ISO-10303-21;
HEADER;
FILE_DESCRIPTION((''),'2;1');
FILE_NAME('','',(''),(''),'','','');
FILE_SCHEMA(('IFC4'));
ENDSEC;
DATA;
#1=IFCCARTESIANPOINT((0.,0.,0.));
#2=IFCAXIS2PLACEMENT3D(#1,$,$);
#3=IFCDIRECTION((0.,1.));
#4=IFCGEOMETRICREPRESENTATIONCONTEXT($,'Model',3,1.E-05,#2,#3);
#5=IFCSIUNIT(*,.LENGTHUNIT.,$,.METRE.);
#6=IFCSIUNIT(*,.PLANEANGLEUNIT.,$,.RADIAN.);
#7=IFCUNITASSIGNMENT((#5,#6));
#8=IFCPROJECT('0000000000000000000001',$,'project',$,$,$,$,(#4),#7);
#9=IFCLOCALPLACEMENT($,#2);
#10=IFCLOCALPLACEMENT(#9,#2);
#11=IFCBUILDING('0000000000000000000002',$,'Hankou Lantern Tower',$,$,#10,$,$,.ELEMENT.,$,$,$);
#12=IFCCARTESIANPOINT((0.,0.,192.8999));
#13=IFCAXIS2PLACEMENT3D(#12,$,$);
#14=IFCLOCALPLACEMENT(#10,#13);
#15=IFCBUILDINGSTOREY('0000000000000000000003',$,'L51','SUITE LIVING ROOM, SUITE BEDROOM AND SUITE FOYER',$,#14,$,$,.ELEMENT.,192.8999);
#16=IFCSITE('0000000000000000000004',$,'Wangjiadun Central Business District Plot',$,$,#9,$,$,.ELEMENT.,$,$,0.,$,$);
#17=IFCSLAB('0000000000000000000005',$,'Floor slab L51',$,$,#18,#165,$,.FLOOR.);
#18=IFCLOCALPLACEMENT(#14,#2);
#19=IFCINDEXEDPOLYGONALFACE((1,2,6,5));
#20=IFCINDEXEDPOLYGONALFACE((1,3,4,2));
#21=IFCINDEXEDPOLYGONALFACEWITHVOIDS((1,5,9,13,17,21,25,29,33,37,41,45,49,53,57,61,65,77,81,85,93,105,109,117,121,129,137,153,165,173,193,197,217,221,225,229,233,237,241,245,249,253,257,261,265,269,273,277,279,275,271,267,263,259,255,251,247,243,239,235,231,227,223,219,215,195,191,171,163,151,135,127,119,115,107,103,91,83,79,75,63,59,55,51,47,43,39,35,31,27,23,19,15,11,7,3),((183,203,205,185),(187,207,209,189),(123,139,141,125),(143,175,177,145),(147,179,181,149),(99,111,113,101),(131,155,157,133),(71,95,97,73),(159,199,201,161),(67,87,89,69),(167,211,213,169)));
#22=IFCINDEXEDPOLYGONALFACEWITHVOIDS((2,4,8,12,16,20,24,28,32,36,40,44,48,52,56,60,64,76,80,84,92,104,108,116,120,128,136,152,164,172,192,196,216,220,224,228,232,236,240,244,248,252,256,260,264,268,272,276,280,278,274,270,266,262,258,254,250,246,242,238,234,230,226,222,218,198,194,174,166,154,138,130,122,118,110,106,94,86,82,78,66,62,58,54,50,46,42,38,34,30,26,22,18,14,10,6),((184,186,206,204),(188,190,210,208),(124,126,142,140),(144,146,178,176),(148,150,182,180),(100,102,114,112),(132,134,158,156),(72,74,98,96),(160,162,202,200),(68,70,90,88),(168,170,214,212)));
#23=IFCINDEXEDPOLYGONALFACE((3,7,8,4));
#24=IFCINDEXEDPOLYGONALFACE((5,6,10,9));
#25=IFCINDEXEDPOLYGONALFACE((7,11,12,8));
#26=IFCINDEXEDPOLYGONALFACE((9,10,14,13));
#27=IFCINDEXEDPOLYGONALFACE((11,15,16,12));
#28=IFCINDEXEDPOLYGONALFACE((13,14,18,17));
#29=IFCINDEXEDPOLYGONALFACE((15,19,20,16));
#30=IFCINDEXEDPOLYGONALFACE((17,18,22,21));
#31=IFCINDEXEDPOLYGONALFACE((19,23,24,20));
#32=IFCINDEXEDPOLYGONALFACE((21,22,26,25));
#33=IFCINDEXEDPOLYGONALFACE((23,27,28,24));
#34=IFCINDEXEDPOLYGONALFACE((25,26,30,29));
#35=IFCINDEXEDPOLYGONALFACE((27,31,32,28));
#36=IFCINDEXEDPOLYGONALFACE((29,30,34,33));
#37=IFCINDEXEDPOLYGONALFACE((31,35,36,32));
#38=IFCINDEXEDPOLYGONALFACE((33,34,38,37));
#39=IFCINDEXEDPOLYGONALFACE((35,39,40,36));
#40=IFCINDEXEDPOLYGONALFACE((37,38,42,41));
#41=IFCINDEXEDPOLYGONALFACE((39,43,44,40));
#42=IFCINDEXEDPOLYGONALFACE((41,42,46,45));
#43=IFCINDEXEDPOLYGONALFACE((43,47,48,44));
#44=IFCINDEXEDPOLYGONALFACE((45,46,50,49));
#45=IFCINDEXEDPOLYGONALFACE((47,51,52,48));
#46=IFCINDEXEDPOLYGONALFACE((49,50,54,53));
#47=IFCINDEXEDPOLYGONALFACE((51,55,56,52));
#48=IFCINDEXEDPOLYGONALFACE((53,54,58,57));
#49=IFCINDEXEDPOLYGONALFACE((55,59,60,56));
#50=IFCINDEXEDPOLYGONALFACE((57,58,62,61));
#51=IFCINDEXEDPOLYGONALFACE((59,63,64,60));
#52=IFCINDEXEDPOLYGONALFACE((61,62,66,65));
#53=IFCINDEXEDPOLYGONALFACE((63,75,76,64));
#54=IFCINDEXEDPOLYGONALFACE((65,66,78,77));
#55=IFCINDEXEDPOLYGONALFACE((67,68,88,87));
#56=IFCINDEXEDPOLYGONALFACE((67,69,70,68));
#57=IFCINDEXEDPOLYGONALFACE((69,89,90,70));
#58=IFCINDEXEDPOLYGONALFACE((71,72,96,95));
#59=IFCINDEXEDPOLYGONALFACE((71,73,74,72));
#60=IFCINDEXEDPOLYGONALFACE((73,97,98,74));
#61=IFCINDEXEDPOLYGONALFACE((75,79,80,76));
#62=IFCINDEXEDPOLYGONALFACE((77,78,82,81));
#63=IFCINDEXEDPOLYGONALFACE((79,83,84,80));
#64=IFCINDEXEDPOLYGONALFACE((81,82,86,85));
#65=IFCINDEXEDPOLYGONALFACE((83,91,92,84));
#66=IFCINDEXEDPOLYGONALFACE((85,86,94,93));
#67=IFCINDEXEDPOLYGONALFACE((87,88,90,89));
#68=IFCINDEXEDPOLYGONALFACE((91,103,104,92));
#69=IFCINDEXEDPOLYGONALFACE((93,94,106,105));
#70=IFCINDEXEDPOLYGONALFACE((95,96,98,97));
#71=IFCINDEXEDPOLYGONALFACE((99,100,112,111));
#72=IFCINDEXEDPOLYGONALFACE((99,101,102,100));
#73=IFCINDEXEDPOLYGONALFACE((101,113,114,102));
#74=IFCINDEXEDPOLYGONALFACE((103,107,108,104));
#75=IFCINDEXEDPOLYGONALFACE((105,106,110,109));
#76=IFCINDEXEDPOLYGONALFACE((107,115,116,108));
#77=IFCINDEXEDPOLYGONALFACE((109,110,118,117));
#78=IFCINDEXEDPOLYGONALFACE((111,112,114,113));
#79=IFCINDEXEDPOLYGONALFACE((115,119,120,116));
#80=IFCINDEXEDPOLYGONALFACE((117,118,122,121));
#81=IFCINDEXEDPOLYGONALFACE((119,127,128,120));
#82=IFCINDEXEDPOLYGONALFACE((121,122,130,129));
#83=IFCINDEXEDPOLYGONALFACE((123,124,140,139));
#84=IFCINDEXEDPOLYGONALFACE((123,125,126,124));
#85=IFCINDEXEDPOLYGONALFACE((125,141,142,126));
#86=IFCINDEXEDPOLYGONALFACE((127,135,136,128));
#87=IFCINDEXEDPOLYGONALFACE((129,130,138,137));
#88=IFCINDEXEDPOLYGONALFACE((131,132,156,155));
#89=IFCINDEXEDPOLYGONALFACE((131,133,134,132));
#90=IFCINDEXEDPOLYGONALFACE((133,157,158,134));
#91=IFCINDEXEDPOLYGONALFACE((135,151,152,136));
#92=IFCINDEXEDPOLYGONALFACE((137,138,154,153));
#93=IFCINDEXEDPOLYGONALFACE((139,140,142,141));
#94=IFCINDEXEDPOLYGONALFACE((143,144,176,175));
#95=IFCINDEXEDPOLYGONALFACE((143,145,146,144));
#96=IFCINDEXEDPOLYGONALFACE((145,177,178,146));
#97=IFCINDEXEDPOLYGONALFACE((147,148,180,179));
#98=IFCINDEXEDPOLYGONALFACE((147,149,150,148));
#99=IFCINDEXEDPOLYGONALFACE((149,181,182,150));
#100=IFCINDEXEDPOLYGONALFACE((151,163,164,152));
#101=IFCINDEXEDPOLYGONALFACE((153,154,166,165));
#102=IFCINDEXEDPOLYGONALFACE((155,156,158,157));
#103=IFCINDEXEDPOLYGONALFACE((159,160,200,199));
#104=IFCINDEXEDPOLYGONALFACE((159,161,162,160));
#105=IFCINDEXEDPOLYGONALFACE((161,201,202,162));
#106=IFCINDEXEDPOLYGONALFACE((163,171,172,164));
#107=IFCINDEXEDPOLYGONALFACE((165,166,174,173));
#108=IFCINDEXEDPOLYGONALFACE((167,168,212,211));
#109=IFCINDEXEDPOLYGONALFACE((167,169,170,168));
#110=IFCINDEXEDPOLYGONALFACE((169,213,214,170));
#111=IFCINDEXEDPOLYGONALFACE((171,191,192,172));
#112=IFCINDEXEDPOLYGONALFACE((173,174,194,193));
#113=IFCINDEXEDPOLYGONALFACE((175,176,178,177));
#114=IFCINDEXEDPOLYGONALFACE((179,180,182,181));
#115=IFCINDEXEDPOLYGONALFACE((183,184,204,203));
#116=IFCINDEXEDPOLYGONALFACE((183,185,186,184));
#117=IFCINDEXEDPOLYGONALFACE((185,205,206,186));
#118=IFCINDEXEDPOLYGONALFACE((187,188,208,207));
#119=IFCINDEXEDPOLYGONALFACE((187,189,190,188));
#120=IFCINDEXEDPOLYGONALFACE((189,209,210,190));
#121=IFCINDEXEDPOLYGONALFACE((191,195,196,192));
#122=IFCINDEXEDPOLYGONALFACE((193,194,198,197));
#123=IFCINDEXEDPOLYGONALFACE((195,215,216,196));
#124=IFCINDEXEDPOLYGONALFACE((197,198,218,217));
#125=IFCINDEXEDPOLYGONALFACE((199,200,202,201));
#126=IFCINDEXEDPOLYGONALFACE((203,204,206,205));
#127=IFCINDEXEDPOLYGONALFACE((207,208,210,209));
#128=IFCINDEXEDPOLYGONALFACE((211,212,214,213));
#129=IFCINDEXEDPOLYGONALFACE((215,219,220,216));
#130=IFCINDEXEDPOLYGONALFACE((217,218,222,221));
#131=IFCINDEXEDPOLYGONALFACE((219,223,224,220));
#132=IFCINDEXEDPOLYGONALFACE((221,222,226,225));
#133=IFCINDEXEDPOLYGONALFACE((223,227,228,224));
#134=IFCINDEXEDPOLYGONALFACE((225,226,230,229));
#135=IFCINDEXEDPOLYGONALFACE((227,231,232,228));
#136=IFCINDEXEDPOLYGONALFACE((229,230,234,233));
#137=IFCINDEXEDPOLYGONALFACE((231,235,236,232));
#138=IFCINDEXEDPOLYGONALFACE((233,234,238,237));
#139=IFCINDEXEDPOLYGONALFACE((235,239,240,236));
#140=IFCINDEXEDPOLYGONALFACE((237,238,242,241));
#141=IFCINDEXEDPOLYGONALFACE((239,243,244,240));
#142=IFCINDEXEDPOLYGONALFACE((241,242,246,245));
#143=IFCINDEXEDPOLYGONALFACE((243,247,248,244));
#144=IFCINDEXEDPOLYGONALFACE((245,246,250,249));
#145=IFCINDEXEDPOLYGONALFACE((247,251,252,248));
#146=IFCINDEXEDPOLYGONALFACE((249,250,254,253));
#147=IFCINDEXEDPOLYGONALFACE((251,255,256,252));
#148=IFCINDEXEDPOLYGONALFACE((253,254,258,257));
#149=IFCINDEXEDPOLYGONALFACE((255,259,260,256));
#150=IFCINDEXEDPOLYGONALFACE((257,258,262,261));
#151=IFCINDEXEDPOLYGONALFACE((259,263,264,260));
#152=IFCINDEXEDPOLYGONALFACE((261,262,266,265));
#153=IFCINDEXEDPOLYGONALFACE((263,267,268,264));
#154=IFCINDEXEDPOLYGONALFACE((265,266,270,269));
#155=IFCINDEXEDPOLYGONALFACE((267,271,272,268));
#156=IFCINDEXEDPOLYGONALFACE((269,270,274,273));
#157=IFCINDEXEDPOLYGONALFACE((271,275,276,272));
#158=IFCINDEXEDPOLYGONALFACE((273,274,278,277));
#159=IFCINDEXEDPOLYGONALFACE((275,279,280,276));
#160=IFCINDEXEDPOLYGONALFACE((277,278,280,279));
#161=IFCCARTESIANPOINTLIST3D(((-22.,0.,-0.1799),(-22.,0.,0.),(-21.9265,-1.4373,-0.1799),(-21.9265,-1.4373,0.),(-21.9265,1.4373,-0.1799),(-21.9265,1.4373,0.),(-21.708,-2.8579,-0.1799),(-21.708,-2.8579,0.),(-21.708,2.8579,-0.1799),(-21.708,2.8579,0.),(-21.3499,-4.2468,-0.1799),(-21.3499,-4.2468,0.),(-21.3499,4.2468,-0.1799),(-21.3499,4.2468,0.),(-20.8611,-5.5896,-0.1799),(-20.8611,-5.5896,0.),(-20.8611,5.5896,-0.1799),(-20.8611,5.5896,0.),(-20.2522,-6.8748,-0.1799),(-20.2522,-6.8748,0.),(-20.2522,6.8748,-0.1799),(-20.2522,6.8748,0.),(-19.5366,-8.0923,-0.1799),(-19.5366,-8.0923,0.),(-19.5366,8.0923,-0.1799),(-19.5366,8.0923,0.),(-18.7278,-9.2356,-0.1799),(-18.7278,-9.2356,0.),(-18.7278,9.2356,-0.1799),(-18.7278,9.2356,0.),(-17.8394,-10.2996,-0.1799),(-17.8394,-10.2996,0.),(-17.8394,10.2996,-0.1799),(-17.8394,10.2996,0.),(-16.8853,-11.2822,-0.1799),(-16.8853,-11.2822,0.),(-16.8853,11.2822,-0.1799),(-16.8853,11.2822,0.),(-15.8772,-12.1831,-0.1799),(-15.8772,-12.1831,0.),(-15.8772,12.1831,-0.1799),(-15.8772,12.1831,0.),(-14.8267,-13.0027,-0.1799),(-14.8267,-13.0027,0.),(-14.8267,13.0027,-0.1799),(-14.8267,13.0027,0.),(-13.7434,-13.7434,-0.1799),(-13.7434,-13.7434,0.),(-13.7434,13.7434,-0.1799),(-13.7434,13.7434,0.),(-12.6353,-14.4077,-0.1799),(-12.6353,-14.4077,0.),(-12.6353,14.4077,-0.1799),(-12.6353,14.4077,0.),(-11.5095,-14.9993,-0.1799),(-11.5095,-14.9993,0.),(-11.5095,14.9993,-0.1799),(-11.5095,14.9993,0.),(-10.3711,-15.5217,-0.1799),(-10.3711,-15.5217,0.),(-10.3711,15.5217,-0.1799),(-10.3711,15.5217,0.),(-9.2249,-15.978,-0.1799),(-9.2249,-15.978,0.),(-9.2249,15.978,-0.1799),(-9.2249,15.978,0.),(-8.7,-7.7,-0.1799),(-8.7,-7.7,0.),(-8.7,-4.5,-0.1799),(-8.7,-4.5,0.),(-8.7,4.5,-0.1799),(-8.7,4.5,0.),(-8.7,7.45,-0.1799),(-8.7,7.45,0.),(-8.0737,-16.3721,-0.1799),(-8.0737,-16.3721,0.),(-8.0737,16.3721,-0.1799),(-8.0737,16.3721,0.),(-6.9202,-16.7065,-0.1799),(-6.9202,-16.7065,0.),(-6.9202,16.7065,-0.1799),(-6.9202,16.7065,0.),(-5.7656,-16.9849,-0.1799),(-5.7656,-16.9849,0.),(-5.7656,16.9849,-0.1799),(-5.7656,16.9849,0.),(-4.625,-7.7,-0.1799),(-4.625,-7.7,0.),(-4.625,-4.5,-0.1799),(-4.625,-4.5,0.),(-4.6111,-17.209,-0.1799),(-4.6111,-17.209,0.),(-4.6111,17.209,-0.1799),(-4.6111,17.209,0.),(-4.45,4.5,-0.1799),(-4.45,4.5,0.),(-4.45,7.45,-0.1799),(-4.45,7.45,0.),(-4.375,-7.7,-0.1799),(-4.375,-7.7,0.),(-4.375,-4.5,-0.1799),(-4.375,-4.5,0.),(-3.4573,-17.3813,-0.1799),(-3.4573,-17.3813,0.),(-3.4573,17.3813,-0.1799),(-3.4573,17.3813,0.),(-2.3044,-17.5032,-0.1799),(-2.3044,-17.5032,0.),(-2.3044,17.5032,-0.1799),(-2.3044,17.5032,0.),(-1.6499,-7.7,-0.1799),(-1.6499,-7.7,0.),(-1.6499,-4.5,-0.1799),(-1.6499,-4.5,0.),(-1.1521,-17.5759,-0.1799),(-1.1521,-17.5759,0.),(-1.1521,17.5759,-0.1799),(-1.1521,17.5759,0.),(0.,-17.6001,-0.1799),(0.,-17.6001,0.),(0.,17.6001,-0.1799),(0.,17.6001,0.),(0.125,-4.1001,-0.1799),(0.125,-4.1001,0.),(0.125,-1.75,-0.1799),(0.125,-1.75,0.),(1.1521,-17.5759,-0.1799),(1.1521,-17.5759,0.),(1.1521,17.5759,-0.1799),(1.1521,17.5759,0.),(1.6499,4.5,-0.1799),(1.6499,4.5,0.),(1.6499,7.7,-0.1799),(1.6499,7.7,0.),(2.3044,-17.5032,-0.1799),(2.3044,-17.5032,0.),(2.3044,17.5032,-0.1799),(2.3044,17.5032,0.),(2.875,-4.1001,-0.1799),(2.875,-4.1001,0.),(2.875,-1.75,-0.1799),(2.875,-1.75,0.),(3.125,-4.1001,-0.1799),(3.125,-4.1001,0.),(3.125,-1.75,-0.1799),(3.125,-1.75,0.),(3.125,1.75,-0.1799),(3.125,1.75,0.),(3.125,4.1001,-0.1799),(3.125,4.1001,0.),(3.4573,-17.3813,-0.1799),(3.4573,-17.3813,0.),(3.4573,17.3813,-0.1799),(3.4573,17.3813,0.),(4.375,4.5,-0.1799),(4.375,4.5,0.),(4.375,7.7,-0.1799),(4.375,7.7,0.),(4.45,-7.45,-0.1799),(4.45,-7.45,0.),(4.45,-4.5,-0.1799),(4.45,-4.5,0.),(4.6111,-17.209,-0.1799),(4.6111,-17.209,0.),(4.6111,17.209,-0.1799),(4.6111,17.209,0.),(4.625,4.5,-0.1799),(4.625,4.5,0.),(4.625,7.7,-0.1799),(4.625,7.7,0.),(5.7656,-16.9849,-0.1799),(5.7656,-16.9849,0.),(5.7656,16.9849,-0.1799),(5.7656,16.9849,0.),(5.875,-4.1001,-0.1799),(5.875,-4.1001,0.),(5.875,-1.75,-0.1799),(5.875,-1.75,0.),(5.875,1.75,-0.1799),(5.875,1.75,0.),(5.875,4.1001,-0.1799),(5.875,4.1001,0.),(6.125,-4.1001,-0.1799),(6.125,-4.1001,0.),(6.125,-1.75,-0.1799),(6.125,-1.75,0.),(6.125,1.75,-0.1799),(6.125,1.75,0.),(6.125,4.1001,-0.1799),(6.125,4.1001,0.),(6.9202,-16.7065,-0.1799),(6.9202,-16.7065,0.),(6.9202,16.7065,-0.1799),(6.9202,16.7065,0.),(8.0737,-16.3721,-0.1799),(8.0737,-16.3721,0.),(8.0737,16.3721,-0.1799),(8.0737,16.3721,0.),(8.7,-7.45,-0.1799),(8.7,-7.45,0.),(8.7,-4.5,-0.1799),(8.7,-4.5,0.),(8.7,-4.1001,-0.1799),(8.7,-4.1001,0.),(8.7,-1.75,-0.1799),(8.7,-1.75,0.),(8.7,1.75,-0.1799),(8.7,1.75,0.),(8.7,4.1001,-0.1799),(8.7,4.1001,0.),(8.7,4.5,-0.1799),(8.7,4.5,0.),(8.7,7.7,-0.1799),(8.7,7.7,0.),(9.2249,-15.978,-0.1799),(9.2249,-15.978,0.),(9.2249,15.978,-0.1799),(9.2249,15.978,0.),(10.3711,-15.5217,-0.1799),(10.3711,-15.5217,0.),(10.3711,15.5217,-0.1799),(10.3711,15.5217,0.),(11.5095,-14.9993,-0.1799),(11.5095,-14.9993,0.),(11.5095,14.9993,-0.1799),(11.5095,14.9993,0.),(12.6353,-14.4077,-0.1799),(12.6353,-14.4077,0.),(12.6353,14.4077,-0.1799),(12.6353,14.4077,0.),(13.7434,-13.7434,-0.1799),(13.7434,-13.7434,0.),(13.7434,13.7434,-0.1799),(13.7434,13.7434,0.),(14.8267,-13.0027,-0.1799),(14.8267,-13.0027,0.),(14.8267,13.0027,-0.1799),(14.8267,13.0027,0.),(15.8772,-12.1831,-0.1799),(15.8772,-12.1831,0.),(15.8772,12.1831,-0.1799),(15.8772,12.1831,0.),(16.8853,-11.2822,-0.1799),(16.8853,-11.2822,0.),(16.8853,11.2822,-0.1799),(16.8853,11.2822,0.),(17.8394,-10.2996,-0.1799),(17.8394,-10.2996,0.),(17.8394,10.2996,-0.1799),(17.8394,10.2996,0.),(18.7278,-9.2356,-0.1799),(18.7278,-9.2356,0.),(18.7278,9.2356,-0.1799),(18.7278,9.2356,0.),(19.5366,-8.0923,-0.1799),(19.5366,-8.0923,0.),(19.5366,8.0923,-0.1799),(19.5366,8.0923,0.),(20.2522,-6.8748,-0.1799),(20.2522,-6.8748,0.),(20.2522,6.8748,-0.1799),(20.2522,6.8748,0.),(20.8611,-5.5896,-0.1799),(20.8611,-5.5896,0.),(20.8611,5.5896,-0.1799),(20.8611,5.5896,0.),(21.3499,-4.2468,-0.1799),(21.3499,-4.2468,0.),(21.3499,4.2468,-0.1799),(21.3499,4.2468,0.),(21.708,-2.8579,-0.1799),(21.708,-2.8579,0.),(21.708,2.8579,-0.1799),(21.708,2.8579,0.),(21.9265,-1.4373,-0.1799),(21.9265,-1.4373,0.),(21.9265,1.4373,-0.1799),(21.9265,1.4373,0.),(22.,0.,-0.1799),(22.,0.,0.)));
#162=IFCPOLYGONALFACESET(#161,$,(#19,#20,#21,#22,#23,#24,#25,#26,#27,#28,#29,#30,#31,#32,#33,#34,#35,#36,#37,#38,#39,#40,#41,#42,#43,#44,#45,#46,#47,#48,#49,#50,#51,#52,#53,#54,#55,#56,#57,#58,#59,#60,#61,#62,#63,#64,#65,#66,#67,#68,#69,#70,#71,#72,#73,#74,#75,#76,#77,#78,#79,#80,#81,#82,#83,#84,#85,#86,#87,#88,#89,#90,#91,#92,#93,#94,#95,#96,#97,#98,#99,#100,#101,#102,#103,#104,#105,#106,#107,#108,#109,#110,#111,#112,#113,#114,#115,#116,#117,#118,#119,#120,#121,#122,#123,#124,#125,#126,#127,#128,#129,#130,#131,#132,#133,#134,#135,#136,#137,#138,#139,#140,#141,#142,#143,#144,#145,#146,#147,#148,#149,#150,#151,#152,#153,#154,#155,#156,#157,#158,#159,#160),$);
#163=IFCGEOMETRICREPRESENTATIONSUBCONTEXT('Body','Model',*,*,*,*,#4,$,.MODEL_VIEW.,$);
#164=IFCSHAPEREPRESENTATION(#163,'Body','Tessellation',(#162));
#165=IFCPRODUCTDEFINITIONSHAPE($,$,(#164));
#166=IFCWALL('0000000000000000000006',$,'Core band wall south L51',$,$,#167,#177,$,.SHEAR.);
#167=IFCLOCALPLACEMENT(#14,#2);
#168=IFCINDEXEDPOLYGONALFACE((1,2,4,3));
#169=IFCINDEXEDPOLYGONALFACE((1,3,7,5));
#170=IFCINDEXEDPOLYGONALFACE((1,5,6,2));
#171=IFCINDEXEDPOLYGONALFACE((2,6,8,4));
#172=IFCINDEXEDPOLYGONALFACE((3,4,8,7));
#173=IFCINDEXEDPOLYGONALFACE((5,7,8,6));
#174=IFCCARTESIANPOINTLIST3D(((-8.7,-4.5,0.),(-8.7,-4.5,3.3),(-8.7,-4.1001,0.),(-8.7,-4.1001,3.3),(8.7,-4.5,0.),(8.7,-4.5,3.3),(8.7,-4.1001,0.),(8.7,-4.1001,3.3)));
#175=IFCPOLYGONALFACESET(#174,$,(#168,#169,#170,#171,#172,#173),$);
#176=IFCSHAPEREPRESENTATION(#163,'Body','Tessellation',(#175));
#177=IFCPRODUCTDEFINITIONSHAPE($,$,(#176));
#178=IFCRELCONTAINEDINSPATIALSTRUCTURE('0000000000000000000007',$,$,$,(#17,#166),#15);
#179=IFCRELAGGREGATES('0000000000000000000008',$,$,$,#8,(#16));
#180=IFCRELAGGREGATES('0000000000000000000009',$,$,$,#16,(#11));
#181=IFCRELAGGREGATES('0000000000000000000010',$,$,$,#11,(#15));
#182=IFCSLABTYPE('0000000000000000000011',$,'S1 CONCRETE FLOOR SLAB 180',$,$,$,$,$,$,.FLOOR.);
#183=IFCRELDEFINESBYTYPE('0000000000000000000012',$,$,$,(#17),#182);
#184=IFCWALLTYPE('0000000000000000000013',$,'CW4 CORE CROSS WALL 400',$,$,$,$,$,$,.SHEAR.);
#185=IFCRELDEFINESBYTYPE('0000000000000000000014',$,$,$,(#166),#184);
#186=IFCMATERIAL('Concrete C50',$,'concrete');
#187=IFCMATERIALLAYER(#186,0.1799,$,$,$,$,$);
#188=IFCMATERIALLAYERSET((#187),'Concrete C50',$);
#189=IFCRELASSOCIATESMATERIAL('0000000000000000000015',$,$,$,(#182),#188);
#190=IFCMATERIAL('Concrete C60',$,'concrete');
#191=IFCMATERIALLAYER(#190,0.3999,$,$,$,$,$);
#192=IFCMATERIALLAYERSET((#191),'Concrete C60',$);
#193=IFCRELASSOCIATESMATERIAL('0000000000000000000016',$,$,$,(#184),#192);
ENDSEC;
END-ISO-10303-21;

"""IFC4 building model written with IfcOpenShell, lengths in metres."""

from ifc_helpers import new_model, si_unit, direction, frame, frame_2d, origin, place, context, subcontext, project, spatial, polyline, rectangle, outline, extrude, material, layer, layer_set, type_object, element, save


model = new_model("IFC4")

# Units and contexts
model_context = context("Model", 3, precision=1e-05, world=origin(), true_north=direction((0.0, 1.0)))
body_context = subcontext(model_context, "Body", "Model", "MODEL_VIEW")
ifc_project = project(units=[si_unit("LENGTHUNIT", "METRE"), si_unit("PLANEANGLEUNIT", "RADIAN")], contexts=[model_context])

# Site, building, storey
site_placement = place(None, origin())
site = spatial("IfcSite", under=ifc_project, at=site_placement, Name="Wangjiadun Central Business District Plot", CompositionType="ELEMENT", RefElevation=0.0)
building_placement = place(site_placement, origin())
building = spatial("IfcBuilding", under=site, at=building_placement, Name="Hankou Lantern Tower", CompositionType="ELEMENT")
storey_placement = place(building_placement, frame((0.0, 0.0, 192.8999)))
storey = spatial("IfcBuildingStorey", under=building, at=storey_placement, Name="L51", Description="SUITE LIVING ROOM, SUITE BEDROOM AND SUITE FOYER", CompositionType="ELEMENT", Elevation=192.8999)

# Slab
ifc_material_1 = material(Name="Concrete C50", Category="concrete")
ifc_layer_1 = layer(ifc_material_1, 0.1799)
ifc_layer_set_1 = layer_set([ifc_layer_1], Name="Concrete C50")
slab_type = type_object("IfcSlabType", Name="S1 CONCRETE FLOOR SLAB 180", PredefinedType="FLOOR", material=ifc_layer_set_1)
slab_placement = place(storey_placement, frame((0.0, 0.0, -0.1799)))
element("IfcSlab", 1, at=slab_placement, inside=storey, type_object=slab_type, Name="Floor slab L51", PredefinedType="FLOOR", context=body_context, shape_type="SweptSolid", body=[
    extrude(outline(polyline([(22.0, 0.0), (21.9265, 1.4373), (21.708, 2.8579), (21.3499, 4.2468), (20.8611, 5.5896), (20.2522, 6.8748), (19.5366, 8.0923), (18.7278, 9.2356), (17.8394, 10.2996), (16.8853, 11.2822), (15.8772, 12.1831), (14.8267, 13.0027), (13.7434, 13.7434), (12.6353, 14.4077), (11.5095, 14.9993), (10.3711, 15.5217), (9.2249, 15.978), (8.0737, 16.3721), (6.9202, 16.7065), (5.7656, 16.9849), (4.6111, 17.209), (3.4573, 17.3813), (2.3044, 17.5032), (1.1521, 17.5759), (0.0, 17.6001), (-1.1521, 17.5759), (-2.3044, 17.5032), (-3.4573, 17.3813), (-4.6111, 17.209), (-5.7656, 16.9849), (-6.9202, 16.7065), (-8.0737, 16.3721), (-9.2249, 15.978), (-10.3711, 15.5217), (-11.5095, 14.9993), (-12.6353, 14.4077), (-13.7434, 13.7434), (-14.8267, 13.0027), (-15.8772, 12.1831), (-16.8853, 11.2822), (-17.8394, 10.2996), (-18.7278, 9.2356), (-19.5366, 8.0923), (-20.2522, 6.8748), (-20.8611, 5.5896), (-21.3499, 4.2468), (-21.708, 2.8579), (-21.9265, 1.4373), (-22.0, 0.0), (-21.9265, -1.4373), (-21.708, -2.8579), (-21.3499, -4.2468), (-20.8611, -5.5896), (-20.2522, -6.8748), (-19.5366, -8.0923), (-18.7278, -9.2356), (-17.8394, -10.2996), (-16.8853, -11.2822), (-15.8772, -12.1831), (-14.8267, -13.0027), (-13.7434, -13.7434), (-12.6353, -14.4077), (-11.5095, -14.9993), (-10.3711, -15.5217), (-9.2249, -15.978), (-8.0737, -16.3721), (-6.9202, -16.7065), (-5.7656, -16.9849), (-4.6111, -17.209), (-3.4573, -17.3813), (-2.3044, -17.5032), (-1.1521, -17.5759), (0.0, -17.6001), (1.1521, -17.5759), (2.3044, -17.5032), (3.4573, -17.3813), (4.6111, -17.209), (5.7656, -16.9849), (6.9202, -16.7065), (8.0737, -16.3721), (9.2249, -15.978), (10.3711, -15.5217), (11.5095, -14.9993), (12.6353, -14.4077), (13.7434, -13.7434), (14.8267, -13.0027), (15.8772, -12.1831), (16.8853, -11.2822), (17.8394, -10.2996), (18.7278, -9.2356), (19.5366, -8.0923), (20.2522, -6.8748), (20.8611, -5.5896), (21.3499, -4.2468), (21.708, -2.8579), (21.9265, -1.4373), (22.0, 0.0)]), holes=[polyline([(3.125, 4.1001), (5.875, 4.1001), (5.875, 1.75), (3.125, 1.75), (3.125, 4.1001)]), polyline([(6.125, 4.1001), (8.7, 4.1001), (8.7, 1.75), (6.125, 1.75), (6.125, 4.1001)]), polyline([(0.125, -1.75), (2.875, -1.75), (2.875, -4.1001), (0.125, -4.1001), (0.125, -1.75)]), polyline([(3.125, -1.75), (5.875, -1.75), (5.875, -4.1001), (3.125, -4.1001), (3.125, -1.75)]), polyline([(6.125, -1.75), (8.7, -1.75), (8.7, -4.1001), (6.125, -4.1001), (6.125, -1.75)]), polyline([(1.6499, 7.7), (4.375, 7.7), (4.375, 4.5), (1.6499, 4.5), (1.6499, 7.7)]), polyline([(-4.375, -4.5), (-1.6499, -4.5), (-1.6499, -7.7), (-4.375, -7.7), (-4.375, -4.5)]), polyline([(-8.7, 7.45), (-4.45, 7.45), (-4.45, 4.5), (-8.7, 4.5), (-8.7, 7.45)]), polyline([(4.45, -4.5), (8.7, -4.5), (8.7, -7.45), (4.45, -7.45), (4.45, -4.5)]), polyline([(4.625, 7.7), (8.7, 7.7), (8.7, 4.5), (4.625, 4.5), (4.625, 7.7)]), polyline([(-8.7, -4.5), (-4.625, -4.5), (-4.625, -7.7), (-8.7, -7.7), (-8.7, -4.5)])]), origin(), (0.0, 0.0, 1.0), 0.1799),
])

# Wall
ifc_material_2 = material(Name="Concrete C60", Category="concrete")
ifc_layer_2 = layer(ifc_material_2, 0.3999)
ifc_layer_set_2 = layer_set([ifc_layer_2], Name="Concrete C60")
wall_type_1 = type_object("IfcWallType", Name="CW4 CORE CROSS WALL 400", PredefinedType="SHEAR", material=ifc_layer_set_2)
wall_1_placement = place(storey_placement, frame((-8.7, -4.3, 0.0), z_axis=(0.0, 0.0, 1.0), x_axis=(1.0, 0.0, 0.0)))
element("IfcWall", 2, at=wall_1_placement, inside=storey, type_object=wall_type_1, Name="Core band wall south L51", PredefinedType="SHEAR", context=body_context, shape_type="SweptSolid", body=[
    extrude(rectangle(XDim=17.3999, YDim=0.3999, at=frame_2d((8.7, 0.0))), origin(), (0.0, 0.0, 1.0), 3.3),
])

save(model, "model.ifc")
